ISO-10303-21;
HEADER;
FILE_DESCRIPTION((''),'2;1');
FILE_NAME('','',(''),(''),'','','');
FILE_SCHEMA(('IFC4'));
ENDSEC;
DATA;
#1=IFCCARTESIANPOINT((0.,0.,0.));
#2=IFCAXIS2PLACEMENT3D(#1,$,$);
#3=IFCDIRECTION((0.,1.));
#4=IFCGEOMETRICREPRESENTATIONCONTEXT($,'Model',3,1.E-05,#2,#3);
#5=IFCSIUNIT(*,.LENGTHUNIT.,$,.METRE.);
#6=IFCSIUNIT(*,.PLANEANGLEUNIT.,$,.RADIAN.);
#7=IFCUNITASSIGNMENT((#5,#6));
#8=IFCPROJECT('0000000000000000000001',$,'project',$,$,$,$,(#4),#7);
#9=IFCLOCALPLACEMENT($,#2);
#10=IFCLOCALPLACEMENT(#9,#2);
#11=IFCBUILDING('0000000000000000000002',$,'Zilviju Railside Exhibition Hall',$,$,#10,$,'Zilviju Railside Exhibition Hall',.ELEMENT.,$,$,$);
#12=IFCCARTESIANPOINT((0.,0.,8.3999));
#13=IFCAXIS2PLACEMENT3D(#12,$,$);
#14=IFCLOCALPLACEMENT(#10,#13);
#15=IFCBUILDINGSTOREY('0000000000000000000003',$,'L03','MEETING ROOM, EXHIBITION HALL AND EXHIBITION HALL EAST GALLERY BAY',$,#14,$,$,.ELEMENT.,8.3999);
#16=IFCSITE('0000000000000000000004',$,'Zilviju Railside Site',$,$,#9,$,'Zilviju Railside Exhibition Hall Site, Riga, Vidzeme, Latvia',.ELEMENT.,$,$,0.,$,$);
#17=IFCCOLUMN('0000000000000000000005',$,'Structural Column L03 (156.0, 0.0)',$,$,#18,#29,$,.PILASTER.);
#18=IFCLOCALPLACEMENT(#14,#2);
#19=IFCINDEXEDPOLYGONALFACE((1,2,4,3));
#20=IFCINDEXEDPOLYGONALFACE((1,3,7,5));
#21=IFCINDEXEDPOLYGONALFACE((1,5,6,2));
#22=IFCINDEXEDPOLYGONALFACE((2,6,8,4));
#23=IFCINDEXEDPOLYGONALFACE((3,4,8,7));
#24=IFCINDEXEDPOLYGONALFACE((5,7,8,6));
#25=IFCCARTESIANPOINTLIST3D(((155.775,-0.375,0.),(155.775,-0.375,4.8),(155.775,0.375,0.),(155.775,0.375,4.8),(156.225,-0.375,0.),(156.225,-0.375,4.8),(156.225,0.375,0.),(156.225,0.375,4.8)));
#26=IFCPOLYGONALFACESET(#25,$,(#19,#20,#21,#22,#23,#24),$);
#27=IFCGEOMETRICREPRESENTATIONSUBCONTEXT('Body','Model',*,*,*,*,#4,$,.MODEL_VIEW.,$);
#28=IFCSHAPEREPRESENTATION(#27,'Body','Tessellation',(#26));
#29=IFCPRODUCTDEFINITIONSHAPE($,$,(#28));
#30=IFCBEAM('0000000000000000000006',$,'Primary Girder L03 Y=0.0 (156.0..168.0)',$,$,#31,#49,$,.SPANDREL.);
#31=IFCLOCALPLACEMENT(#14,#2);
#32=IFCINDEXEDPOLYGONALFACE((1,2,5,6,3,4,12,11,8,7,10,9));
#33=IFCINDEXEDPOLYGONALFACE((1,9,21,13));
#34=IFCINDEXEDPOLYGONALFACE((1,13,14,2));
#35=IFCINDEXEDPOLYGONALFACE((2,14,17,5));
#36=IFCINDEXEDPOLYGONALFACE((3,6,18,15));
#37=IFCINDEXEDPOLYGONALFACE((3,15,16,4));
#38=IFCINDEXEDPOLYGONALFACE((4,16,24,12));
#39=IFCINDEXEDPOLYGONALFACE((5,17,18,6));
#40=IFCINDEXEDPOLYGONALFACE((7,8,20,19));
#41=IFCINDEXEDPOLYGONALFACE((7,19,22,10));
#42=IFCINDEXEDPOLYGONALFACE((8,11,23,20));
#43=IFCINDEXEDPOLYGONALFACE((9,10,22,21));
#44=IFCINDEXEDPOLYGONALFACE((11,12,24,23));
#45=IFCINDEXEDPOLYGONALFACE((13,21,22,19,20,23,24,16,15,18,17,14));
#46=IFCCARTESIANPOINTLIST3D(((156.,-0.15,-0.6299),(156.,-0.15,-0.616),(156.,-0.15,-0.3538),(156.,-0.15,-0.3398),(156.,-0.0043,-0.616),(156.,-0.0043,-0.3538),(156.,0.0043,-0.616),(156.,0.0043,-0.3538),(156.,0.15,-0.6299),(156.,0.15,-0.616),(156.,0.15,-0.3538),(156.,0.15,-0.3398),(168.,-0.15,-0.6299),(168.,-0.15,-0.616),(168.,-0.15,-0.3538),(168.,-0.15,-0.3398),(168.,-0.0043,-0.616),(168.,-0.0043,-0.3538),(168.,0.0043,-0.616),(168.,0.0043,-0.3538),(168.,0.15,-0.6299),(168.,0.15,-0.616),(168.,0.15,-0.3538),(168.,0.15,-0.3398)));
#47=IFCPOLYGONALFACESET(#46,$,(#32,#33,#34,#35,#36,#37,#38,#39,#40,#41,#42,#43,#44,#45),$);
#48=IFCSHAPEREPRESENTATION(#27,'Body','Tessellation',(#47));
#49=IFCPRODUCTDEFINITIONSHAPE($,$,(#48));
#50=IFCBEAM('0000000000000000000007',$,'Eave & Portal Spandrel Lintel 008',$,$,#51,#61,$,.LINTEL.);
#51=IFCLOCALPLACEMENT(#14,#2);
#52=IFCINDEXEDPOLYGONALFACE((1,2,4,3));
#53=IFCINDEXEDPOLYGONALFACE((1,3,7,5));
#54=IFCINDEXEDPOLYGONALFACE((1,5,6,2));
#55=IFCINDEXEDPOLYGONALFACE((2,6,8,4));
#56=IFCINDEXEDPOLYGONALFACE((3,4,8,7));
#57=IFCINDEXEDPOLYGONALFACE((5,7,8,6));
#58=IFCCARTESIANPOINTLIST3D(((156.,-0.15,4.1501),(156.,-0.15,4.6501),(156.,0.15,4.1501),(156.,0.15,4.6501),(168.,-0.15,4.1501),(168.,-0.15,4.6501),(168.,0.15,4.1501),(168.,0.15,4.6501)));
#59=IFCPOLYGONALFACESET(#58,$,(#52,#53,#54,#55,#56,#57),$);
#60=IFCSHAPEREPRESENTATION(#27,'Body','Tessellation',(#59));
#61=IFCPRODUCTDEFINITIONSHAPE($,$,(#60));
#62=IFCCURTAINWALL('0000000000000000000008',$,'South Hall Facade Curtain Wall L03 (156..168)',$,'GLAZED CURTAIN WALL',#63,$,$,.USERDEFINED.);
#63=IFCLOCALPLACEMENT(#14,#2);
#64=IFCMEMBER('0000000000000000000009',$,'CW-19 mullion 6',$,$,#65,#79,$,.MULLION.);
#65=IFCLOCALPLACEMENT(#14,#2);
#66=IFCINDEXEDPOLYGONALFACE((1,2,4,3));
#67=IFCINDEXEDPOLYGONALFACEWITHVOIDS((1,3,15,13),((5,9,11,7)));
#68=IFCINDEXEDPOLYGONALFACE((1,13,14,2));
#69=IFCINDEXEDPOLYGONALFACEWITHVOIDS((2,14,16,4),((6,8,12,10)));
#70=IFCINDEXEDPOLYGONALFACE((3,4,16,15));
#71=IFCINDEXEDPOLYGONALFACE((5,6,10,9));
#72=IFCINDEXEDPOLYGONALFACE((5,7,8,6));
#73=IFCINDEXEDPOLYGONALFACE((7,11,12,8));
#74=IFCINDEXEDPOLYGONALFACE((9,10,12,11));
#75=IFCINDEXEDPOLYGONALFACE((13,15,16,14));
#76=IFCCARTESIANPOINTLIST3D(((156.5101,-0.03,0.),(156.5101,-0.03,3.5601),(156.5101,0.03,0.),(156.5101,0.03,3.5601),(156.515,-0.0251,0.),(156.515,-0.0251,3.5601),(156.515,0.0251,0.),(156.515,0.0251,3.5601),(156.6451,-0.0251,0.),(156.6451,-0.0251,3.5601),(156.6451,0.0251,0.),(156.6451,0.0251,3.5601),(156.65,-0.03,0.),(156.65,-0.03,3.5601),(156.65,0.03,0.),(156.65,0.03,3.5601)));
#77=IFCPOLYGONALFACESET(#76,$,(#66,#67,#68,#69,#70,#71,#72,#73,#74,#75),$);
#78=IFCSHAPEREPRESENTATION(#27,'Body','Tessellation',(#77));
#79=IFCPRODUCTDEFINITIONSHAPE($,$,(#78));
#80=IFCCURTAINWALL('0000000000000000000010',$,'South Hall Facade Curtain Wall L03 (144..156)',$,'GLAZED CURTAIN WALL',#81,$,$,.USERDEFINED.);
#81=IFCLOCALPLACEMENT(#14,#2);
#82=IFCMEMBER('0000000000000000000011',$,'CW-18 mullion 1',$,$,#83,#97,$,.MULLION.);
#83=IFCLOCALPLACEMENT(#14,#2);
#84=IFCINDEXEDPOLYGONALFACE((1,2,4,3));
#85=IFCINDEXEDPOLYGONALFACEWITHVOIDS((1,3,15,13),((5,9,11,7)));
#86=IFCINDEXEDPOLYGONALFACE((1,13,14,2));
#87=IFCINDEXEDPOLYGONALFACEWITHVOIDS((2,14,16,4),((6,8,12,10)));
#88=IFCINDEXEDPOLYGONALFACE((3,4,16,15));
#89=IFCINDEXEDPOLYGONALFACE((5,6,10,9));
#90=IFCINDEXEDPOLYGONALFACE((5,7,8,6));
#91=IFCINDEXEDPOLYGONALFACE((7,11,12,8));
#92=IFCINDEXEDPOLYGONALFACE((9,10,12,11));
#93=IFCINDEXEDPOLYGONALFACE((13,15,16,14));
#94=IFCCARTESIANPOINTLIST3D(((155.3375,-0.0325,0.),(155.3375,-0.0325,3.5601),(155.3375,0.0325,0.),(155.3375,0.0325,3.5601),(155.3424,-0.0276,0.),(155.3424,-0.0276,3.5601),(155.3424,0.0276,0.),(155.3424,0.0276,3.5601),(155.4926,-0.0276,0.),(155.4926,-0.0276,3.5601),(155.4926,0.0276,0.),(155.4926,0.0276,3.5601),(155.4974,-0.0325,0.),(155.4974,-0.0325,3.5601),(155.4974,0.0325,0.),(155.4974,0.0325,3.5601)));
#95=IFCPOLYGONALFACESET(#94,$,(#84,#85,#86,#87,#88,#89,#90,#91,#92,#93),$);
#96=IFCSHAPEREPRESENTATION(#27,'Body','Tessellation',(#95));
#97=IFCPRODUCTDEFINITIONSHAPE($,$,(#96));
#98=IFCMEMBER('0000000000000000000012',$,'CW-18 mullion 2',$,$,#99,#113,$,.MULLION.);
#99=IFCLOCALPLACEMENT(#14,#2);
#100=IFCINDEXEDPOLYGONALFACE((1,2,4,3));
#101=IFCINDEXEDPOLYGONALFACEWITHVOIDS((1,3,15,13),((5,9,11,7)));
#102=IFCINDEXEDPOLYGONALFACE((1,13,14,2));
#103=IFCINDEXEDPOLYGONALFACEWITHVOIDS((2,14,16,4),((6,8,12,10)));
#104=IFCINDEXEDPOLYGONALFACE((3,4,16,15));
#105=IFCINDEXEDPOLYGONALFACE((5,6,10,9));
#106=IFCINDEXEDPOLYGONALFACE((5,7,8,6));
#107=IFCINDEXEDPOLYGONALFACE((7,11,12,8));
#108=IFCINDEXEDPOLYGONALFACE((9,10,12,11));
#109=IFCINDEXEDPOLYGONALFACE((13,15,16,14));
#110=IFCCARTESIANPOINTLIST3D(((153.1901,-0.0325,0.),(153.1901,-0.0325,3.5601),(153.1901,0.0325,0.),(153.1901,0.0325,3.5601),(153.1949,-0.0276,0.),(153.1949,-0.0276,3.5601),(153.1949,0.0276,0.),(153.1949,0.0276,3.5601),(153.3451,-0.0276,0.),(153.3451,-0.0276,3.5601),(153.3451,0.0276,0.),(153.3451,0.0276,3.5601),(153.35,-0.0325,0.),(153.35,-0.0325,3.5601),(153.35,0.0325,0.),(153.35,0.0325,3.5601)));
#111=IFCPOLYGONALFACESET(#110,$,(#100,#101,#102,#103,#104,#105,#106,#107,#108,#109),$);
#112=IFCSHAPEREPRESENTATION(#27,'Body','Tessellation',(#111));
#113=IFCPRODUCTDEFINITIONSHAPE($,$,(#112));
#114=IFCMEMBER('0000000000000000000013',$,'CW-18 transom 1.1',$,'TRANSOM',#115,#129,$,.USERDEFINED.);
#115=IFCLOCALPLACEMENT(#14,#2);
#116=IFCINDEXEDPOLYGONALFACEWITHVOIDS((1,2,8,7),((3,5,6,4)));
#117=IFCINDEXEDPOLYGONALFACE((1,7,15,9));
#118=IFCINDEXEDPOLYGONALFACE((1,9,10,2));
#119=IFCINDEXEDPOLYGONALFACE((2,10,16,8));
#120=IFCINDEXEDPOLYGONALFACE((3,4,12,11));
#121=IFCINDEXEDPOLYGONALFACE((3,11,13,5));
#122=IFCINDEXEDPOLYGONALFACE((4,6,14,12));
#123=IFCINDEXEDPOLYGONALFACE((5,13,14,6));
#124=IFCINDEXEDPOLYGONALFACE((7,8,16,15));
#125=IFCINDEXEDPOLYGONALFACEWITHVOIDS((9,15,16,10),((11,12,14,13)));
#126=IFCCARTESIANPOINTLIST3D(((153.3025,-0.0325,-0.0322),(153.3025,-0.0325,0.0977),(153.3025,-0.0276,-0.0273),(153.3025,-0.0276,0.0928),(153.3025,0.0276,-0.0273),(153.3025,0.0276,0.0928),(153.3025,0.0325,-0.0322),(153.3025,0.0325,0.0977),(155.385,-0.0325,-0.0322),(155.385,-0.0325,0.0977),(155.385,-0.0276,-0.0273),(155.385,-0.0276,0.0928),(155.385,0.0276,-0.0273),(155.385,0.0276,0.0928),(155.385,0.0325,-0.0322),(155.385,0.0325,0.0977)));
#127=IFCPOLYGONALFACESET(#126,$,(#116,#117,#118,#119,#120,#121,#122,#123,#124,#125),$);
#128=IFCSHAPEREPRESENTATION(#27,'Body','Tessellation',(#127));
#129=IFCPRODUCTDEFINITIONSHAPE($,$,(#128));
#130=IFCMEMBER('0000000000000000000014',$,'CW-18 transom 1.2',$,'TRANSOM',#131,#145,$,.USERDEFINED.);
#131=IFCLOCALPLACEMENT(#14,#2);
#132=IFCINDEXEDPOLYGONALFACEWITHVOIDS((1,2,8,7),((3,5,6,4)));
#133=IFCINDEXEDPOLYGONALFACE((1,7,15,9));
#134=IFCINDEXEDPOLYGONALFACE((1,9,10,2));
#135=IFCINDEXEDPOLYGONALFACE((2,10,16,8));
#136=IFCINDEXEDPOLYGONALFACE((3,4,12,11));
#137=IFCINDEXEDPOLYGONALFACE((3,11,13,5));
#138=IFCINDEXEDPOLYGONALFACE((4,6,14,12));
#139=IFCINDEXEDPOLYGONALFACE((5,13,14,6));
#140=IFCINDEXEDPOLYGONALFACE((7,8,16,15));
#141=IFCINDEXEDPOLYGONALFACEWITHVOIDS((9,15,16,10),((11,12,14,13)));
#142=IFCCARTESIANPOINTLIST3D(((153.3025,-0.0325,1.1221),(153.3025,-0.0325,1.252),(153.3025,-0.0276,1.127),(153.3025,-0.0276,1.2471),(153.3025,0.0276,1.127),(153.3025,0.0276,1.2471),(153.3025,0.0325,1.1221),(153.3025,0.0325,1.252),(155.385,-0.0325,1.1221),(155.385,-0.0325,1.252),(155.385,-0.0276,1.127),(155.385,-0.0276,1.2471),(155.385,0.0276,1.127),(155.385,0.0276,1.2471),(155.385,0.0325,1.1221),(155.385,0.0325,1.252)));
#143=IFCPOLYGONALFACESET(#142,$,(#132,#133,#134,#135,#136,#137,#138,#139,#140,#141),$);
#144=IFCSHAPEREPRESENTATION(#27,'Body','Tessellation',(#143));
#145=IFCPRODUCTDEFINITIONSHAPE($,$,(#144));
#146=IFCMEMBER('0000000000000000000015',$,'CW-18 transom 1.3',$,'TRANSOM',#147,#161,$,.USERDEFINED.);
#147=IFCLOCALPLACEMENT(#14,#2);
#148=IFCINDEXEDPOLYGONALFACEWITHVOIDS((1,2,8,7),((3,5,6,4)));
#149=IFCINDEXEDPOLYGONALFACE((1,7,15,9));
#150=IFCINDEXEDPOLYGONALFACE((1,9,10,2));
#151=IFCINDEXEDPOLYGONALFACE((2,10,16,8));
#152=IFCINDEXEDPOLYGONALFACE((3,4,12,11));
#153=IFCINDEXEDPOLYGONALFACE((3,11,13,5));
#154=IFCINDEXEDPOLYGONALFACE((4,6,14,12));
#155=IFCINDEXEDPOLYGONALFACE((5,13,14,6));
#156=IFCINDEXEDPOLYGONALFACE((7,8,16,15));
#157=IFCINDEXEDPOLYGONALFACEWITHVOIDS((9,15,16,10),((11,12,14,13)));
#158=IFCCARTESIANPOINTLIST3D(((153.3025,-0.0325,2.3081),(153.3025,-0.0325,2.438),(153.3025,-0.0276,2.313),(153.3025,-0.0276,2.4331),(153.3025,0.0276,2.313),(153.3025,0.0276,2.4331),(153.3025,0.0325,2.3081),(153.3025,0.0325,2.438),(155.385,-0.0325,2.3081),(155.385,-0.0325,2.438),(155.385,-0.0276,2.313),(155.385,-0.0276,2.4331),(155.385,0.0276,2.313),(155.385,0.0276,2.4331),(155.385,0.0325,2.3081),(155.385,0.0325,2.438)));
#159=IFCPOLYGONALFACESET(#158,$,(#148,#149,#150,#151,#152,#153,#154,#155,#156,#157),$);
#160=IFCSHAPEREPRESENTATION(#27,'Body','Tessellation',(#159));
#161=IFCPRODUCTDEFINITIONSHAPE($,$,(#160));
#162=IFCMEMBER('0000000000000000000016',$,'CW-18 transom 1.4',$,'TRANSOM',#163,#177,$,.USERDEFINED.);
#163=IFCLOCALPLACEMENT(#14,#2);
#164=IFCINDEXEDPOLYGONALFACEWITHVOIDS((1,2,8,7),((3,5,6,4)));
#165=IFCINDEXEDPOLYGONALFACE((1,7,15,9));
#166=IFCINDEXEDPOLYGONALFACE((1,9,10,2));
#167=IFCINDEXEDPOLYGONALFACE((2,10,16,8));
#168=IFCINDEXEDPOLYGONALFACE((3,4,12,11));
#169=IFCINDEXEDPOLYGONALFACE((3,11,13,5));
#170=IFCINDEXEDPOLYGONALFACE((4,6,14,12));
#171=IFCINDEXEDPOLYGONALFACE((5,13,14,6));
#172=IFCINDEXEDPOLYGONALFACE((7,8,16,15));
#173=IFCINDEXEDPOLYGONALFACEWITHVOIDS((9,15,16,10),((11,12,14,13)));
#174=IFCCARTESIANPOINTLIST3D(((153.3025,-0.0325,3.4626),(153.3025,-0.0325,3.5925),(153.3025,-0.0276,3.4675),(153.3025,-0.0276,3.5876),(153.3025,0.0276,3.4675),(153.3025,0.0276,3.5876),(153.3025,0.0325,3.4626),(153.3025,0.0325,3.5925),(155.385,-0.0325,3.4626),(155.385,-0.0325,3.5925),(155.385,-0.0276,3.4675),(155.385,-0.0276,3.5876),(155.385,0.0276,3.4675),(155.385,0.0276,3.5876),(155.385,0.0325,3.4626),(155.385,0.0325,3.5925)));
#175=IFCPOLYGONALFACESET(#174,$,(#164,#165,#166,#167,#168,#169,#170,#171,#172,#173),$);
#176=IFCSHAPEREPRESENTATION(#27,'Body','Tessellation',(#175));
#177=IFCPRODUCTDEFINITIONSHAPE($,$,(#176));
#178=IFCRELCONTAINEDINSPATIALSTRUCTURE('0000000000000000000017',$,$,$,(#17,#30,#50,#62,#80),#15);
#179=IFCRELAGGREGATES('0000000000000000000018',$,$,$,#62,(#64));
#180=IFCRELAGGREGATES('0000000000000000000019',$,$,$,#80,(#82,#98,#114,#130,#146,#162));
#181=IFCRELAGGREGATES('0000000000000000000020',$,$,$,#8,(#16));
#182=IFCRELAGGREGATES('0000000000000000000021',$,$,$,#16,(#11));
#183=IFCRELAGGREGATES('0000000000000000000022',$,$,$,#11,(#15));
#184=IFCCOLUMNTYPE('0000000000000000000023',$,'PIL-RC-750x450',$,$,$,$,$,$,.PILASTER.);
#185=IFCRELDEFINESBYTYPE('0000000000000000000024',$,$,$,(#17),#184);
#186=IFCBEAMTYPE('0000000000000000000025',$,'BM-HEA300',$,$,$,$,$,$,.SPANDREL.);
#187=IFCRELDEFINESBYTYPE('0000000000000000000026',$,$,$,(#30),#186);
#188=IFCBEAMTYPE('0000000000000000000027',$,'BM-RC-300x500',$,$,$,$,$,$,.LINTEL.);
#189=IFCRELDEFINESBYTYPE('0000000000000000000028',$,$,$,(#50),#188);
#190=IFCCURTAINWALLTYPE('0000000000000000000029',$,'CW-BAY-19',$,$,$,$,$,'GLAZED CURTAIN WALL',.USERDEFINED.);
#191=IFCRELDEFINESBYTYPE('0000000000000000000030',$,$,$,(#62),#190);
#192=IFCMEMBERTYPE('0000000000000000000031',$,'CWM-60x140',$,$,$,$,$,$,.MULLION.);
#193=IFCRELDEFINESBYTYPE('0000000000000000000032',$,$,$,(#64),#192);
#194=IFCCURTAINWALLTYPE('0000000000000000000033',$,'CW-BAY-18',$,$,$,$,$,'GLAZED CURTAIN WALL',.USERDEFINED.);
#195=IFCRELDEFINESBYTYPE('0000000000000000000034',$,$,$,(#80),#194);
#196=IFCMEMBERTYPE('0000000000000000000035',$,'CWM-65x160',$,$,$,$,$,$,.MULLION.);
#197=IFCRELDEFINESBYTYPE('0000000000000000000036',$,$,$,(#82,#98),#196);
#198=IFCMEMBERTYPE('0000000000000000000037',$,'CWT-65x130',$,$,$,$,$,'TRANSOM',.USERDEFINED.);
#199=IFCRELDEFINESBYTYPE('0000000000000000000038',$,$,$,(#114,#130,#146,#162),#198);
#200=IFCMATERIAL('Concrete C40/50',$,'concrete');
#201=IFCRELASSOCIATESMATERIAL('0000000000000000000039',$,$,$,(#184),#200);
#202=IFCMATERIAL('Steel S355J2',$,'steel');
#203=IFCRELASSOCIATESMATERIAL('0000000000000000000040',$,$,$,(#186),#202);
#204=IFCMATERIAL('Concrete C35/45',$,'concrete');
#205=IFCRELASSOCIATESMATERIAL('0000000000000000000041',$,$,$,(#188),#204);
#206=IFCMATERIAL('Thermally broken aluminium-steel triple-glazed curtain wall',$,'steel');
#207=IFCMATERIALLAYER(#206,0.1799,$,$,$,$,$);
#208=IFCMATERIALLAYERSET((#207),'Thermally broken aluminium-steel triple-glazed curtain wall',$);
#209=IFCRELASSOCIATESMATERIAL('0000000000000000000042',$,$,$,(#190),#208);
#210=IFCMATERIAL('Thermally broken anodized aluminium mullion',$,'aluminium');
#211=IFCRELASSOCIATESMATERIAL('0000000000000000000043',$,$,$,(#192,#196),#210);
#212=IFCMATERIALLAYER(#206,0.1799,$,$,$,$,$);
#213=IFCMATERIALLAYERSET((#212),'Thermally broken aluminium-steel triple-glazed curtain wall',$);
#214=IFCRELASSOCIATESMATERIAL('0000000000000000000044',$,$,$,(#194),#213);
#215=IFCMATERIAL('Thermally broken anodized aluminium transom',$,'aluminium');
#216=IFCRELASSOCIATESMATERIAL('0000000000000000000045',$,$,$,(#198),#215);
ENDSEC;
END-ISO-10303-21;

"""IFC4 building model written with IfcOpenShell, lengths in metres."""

from ifc_helpers import new_model, si_unit, direction, frame, origin, origin_2d, place, context, subcontext, project, spatial, rectangle, hollow_rectangle, i_section, extrude, material, layer, layer_set, material_profile, profile_set, type_object, element, aggregate, save


model = new_model("IFC4")

# Units and contexts
model_context = context("Model", 3, precision=1e-05, world=origin(), true_north=direction((0.0, 1.0)))
body_context = subcontext(model_context, "Body", "Model", "MODEL_VIEW")
ifc_project = project(units=[si_unit("LENGTHUNIT", "METRE"), si_unit("PLANEANGLEUNIT", "RADIAN")], contexts=[model_context])

# Site, building, storey
site_placement = place(None, origin())
site = spatial("IfcSite", under=ifc_project, at=site_placement, Name="Zilviju Railside Site", LongName="Zilviju Railside Exhibition Hall Site, Riga, Vidzeme, Latvia", CompositionType="ELEMENT", RefElevation=0.0)
building_placement = place(site_placement, origin())
building = spatial("IfcBuilding", under=site, at=building_placement, Name="Zilviju Railside Exhibition Hall", LongName="Zilviju Railside Exhibition Hall", CompositionType="ELEMENT")
storey_placement = place(building_placement, frame((0.0, 0.0, 8.3999)))
storey = spatial("IfcBuildingStorey", under=building, at=storey_placement, Name="L03", Description="MEETING ROOM, EXHIBITION HALL AND EXHIBITION HALL EAST GALLERY BAY", CompositionType="ELEMENT", Elevation=8.3999)

# Column
ifc_material_1 = material(Name="Concrete C40/50", Category="concrete")
ifc_material_profile_1 = material_profile(ifc_material_1, rectangle(XDim=0.45, YDim=0.75, at=origin_2d()), Name="RC COL 450x750")
ifc_profile_set_1 = profile_set([ifc_material_profile_1], Name="Concrete C40/50")
column_type = type_object("IfcColumnType", Name="PIL-RC-750x450", PredefinedType="PILASTER", material=ifc_profile_set_1)
column_placement = place(storey_placement, frame((156.0, 0.0, 0.0), z_axis=(0.0, 0.0, 1.0), x_axis=(1.0, 0.0, 0.0)))
element("IfcColumn", 1, at=column_placement, inside=storey, type_object=column_type, Name="Structural Column L03 (156.0, 0.0)", PredefinedType="PILASTER", context=body_context, shape_type="SweptSolid", body=[
    extrude(rectangle(XDim=0.45, YDim=0.75, at=origin_2d()), origin(), (0.0, 0.0, 1.0), 4.8),
])

# Beams
ifc_material_2 = material(Name="Steel S355J2", Category="steel")
ifc_material_profile_2 = material_profile(ifc_material_2, i_section(OverallWidth=0.3, OverallDepth=0.29, WebThickness=0.0085, FlangeThickness=0.0139, at=origin_2d()), Name="HEA 300")
ifc_profile_set_2 = profile_set([ifc_material_profile_2], Name="Steel S355J2")
beam_type_1 = type_object("IfcBeamType", Name="BM-HEA300", PredefinedType="SPANDREL", material=ifc_profile_set_2)
beam_1_placement = place(storey_placement, frame((156.0, 0.0, -0.4849), z_axis=(1.0, 0.0, 0.0), x_axis=(0.0, 1.0, 0.0)))
element("IfcBeam", 2, at=beam_1_placement, inside=storey, type_object=beam_type_1, Name="Primary Girder L03 Y=0.0 (156.0..168.0)", PredefinedType="SPANDREL", context=body_context, shape_type="SweptSolid", body=[
    extrude(i_section(OverallWidth=0.3, OverallDepth=0.29, WebThickness=0.0085, FlangeThickness=0.0139, at=origin_2d()), origin(), (0.0, 0.0, 1.0), 12.0),
])
ifc_material_3 = material(Name="Concrete C35/45", Category="concrete")
ifc_material_profile_3 = material_profile(ifc_material_3, rectangle(XDim=0.3, YDim=0.5, at=origin_2d()), Name="RC BEAM 300x500")
ifc_profile_set_3 = profile_set([ifc_material_profile_3], Name="Concrete C35/45")
beam_type_2 = type_object("IfcBeamType", Name="BM-RC-300x500", PredefinedType="LINTEL", material=ifc_profile_set_3)
beam_2_placement = place(storey_placement, frame((156.0, 0.0, 4.4001), z_axis=(1.0, 0.0, 0.0), x_axis=(0.0, 1.0, 0.0)))
element("IfcBeam", 3, at=beam_2_placement, inside=storey, type_object=beam_type_2, Name="Eave & Portal Spandrel Lintel 008", PredefinedType="LINTEL", context=body_context, shape_type="SweptSolid", body=[
    extrude(rectangle(XDim=0.3, YDim=0.5, at=origin_2d()), origin(), (0.0, 0.0, 1.0), 12.0),
])

# Curtain wall, member
ifc_material_4 = material(Name="Thermally broken aluminium-steel triple-glazed curtain wall", Category="steel")
ifc_layer_1 = layer(ifc_material_4, 0.1799)
ifc_layer_set_1 = layer_set([ifc_layer_1], Name="Thermally broken aluminium-steel triple-glazed curtain wall")
curtain_wall_type_1 = type_object("IfcCurtainWallType", Name="CW-BAY-19", ElementType="GLAZED CURTAIN WALL", PredefinedType="USERDEFINED", material=ifc_layer_set_1)
curtain_wall_1_placement = place(storey_placement, origin())
curtain_wall_1 = element("IfcCurtainWall", 4, at=curtain_wall_1_placement, inside=storey, type_object=curtain_wall_type_1, Name="South Hall Facade Curtain Wall L03 (156..168)", ObjectType="GLAZED CURTAIN WALL", PredefinedType="USERDEFINED")
ifc_material_5 = material(Name="Thermally broken anodized aluminium mullion", Category="aluminium")
ifc_material_profile_4 = material_profile(ifc_material_5, hollow_rectangle(XDim=0.0601, YDim=0.1399, WallThickness=0.0049, at=origin_2d()), Name="MULLION 140x60x5")
ifc_profile_set_4 = profile_set([ifc_material_profile_4], Name="Thermally broken anodized aluminium mullion")
member_type_1 = type_object("IfcMemberType", Name="CWM-60x140", PredefinedType="MULLION", material=ifc_profile_set_4)
member_1_placement = place(storey_placement, frame((156.5801, 0.0, 0.0), z_axis=(0.0, 0.0, 1.0), x_axis=(0.0, -1.0, 0.0)))
member_1 = element("IfcMember", 5, at=member_1_placement, type_object=member_type_1, Name="CW-19 mullion 6", PredefinedType="MULLION", context=body_context, shape_type="SweptSolid", body=[
    extrude(hollow_rectangle(XDim=0.0601, YDim=0.1399, WallThickness=0.0049, at=origin_2d()), origin(), (0.0, 0.0, 1.0), 3.5601),
])
aggregate(curtain_wall_1, [member_1])

# Curtain wall, members
ifc_layer_2 = layer(ifc_material_4, 0.1799)
ifc_layer_set_2 = layer_set([ifc_layer_2], Name="Thermally broken aluminium-steel triple-glazed curtain wall")
curtain_wall_type_2 = type_object("IfcCurtainWallType", Name="CW-BAY-18", ElementType="GLAZED CURTAIN WALL", PredefinedType="USERDEFINED", material=ifc_layer_set_2)
curtain_wall_2_placement = place(storey_placement, origin())
curtain_wall_2 = element("IfcCurtainWall", 6, at=curtain_wall_2_placement, inside=storey, type_object=curtain_wall_type_2, Name="South Hall Facade Curtain Wall L03 (144..156)", ObjectType="GLAZED CURTAIN WALL", PredefinedType="USERDEFINED")
ifc_material_profile_5 = material_profile(ifc_material_5, hollow_rectangle(XDim=0.0649, YDim=0.1599, WallThickness=0.0049, at=origin_2d()), Name="MULLION 160x65x5")
ifc_profile_set_5 = profile_set([ifc_material_profile_5], Name="Thermally broken anodized aluminium mullion")
member_type_2 = type_object("IfcMemberType", Name="CWM-65x160", PredefinedType="MULLION", material=ifc_profile_set_5)
member_2_placement = place(storey_placement, frame((155.4175, 0.0, 0.0), z_axis=(0.0, 0.0, 1.0), x_axis=(0.0, -1.0, 0.0)))
member_2 = element("IfcMember", 7, at=member_2_placement, type_object=member_type_2, Name="CW-18 mullion 1", PredefinedType="MULLION", context=body_context, shape_type="SweptSolid", body=[
    extrude(hollow_rectangle(XDim=0.0649, YDim=0.1599, WallThickness=0.0049, at=origin_2d()), origin(), (0.0, 0.0, 1.0), 3.5601),
])
member_3_placement = place(storey_placement, frame((153.27, 0.0, 0.0), z_axis=(0.0, 0.0, 1.0), x_axis=(0.0, -1.0, 0.0)))
member_3 = element("IfcMember", 8, at=member_3_placement, type_object=member_type_2, Name="CW-18 mullion 2", PredefinedType="MULLION", context=body_context, shape_type="SweptSolid", body=[
    extrude(hollow_rectangle(XDim=0.0649, YDim=0.1599, WallThickness=0.0049, at=origin_2d()), origin(), (0.0, 0.0, 1.0), 3.5601),
])
ifc_material_6 = material(Name="Thermally broken anodized aluminium transom", Category="aluminium")
ifc_material_profile_6 = material_profile(ifc_material_6, hollow_rectangle(XDim=0.0649, YDim=0.1299, WallThickness=0.0049, at=origin_2d()), Name="TRANSOM 130x65x5")
ifc_profile_set_6 = profile_set([ifc_material_profile_6], Name="Thermally broken anodized aluminium transom")
member_type_3 = type_object("IfcMemberType", Name="CWT-65x130", ElementType="TRANSOM", PredefinedType="USERDEFINED", material=ifc_profile_set_6)
member_4_placement = place(storey_placement, frame((155.385, 0.0, 0.0327), z_axis=(-1.0, 0.0, 0.0), x_axis=(0.0, -1.0, 0.0)))
member_4 = element("IfcMember", 9, at=member_4_placement, type_object=member_type_3, Name="CW-18 transom 1.1", ObjectType="TRANSOM", PredefinedType="USERDEFINED", context=body_context, shape_type="SweptSolid", body=[
    extrude(hollow_rectangle(XDim=0.0649, YDim=0.1299, WallThickness=0.0049, at=origin_2d()), origin(), (0.0, 0.0, 1.0), 2.0825),
])
member_5_placement = place(storey_placement, frame((155.385, 0.0, 1.187), z_axis=(-1.0, 0.0, 0.0), x_axis=(0.0, -1.0, 0.0)))
member_5 = element("IfcMember", 10, at=member_5_placement, type_object=member_type_3, Name="CW-18 transom 1.2", ObjectType="TRANSOM", PredefinedType="USERDEFINED", context=body_context, shape_type="SweptSolid", body=[
    extrude(hollow_rectangle(XDim=0.0649, YDim=0.1299, WallThickness=0.0049, at=origin_2d()), origin(), (0.0, 0.0, 1.0), 2.0825),
])
member_6_placement = place(storey_placement, frame((155.385, 0.0, 2.373), z_axis=(-1.0, 0.0, 0.0), x_axis=(0.0, -1.0, 0.0)))
member_6 = element("IfcMember", 11, at=member_6_placement, type_object=member_type_3, Name="CW-18 transom 1.3", ObjectType="TRANSOM", PredefinedType="USERDEFINED", context=body_context, shape_type="SweptSolid", body=[
    extrude(hollow_rectangle(XDim=0.0649, YDim=0.1299, WallThickness=0.0049, at=origin_2d()), origin(), (0.0, 0.0, 1.0), 2.0825),
])
member_7_placement = place(storey_placement, frame((155.385, 0.0, 3.5276), z_axis=(-1.0, 0.0, 0.0), x_axis=(0.0, -1.0, 0.0)))
member_7 = element("IfcMember", 12, at=member_7_placement, type_object=member_type_3, Name="CW-18 transom 1.4", ObjectType="TRANSOM", PredefinedType="USERDEFINED", context=body_context, shape_type="SweptSolid", body=[
    extrude(hollow_rectangle(XDim=0.0649, YDim=0.1299, WallThickness=0.0049, at=origin_2d()), origin(), (0.0, 0.0, 1.0), 2.0825),
])
aggregate(curtain_wall_2, [member_2, member_3, member_4, member_5, member_6, member_7])

save(model, "model.ifc")
